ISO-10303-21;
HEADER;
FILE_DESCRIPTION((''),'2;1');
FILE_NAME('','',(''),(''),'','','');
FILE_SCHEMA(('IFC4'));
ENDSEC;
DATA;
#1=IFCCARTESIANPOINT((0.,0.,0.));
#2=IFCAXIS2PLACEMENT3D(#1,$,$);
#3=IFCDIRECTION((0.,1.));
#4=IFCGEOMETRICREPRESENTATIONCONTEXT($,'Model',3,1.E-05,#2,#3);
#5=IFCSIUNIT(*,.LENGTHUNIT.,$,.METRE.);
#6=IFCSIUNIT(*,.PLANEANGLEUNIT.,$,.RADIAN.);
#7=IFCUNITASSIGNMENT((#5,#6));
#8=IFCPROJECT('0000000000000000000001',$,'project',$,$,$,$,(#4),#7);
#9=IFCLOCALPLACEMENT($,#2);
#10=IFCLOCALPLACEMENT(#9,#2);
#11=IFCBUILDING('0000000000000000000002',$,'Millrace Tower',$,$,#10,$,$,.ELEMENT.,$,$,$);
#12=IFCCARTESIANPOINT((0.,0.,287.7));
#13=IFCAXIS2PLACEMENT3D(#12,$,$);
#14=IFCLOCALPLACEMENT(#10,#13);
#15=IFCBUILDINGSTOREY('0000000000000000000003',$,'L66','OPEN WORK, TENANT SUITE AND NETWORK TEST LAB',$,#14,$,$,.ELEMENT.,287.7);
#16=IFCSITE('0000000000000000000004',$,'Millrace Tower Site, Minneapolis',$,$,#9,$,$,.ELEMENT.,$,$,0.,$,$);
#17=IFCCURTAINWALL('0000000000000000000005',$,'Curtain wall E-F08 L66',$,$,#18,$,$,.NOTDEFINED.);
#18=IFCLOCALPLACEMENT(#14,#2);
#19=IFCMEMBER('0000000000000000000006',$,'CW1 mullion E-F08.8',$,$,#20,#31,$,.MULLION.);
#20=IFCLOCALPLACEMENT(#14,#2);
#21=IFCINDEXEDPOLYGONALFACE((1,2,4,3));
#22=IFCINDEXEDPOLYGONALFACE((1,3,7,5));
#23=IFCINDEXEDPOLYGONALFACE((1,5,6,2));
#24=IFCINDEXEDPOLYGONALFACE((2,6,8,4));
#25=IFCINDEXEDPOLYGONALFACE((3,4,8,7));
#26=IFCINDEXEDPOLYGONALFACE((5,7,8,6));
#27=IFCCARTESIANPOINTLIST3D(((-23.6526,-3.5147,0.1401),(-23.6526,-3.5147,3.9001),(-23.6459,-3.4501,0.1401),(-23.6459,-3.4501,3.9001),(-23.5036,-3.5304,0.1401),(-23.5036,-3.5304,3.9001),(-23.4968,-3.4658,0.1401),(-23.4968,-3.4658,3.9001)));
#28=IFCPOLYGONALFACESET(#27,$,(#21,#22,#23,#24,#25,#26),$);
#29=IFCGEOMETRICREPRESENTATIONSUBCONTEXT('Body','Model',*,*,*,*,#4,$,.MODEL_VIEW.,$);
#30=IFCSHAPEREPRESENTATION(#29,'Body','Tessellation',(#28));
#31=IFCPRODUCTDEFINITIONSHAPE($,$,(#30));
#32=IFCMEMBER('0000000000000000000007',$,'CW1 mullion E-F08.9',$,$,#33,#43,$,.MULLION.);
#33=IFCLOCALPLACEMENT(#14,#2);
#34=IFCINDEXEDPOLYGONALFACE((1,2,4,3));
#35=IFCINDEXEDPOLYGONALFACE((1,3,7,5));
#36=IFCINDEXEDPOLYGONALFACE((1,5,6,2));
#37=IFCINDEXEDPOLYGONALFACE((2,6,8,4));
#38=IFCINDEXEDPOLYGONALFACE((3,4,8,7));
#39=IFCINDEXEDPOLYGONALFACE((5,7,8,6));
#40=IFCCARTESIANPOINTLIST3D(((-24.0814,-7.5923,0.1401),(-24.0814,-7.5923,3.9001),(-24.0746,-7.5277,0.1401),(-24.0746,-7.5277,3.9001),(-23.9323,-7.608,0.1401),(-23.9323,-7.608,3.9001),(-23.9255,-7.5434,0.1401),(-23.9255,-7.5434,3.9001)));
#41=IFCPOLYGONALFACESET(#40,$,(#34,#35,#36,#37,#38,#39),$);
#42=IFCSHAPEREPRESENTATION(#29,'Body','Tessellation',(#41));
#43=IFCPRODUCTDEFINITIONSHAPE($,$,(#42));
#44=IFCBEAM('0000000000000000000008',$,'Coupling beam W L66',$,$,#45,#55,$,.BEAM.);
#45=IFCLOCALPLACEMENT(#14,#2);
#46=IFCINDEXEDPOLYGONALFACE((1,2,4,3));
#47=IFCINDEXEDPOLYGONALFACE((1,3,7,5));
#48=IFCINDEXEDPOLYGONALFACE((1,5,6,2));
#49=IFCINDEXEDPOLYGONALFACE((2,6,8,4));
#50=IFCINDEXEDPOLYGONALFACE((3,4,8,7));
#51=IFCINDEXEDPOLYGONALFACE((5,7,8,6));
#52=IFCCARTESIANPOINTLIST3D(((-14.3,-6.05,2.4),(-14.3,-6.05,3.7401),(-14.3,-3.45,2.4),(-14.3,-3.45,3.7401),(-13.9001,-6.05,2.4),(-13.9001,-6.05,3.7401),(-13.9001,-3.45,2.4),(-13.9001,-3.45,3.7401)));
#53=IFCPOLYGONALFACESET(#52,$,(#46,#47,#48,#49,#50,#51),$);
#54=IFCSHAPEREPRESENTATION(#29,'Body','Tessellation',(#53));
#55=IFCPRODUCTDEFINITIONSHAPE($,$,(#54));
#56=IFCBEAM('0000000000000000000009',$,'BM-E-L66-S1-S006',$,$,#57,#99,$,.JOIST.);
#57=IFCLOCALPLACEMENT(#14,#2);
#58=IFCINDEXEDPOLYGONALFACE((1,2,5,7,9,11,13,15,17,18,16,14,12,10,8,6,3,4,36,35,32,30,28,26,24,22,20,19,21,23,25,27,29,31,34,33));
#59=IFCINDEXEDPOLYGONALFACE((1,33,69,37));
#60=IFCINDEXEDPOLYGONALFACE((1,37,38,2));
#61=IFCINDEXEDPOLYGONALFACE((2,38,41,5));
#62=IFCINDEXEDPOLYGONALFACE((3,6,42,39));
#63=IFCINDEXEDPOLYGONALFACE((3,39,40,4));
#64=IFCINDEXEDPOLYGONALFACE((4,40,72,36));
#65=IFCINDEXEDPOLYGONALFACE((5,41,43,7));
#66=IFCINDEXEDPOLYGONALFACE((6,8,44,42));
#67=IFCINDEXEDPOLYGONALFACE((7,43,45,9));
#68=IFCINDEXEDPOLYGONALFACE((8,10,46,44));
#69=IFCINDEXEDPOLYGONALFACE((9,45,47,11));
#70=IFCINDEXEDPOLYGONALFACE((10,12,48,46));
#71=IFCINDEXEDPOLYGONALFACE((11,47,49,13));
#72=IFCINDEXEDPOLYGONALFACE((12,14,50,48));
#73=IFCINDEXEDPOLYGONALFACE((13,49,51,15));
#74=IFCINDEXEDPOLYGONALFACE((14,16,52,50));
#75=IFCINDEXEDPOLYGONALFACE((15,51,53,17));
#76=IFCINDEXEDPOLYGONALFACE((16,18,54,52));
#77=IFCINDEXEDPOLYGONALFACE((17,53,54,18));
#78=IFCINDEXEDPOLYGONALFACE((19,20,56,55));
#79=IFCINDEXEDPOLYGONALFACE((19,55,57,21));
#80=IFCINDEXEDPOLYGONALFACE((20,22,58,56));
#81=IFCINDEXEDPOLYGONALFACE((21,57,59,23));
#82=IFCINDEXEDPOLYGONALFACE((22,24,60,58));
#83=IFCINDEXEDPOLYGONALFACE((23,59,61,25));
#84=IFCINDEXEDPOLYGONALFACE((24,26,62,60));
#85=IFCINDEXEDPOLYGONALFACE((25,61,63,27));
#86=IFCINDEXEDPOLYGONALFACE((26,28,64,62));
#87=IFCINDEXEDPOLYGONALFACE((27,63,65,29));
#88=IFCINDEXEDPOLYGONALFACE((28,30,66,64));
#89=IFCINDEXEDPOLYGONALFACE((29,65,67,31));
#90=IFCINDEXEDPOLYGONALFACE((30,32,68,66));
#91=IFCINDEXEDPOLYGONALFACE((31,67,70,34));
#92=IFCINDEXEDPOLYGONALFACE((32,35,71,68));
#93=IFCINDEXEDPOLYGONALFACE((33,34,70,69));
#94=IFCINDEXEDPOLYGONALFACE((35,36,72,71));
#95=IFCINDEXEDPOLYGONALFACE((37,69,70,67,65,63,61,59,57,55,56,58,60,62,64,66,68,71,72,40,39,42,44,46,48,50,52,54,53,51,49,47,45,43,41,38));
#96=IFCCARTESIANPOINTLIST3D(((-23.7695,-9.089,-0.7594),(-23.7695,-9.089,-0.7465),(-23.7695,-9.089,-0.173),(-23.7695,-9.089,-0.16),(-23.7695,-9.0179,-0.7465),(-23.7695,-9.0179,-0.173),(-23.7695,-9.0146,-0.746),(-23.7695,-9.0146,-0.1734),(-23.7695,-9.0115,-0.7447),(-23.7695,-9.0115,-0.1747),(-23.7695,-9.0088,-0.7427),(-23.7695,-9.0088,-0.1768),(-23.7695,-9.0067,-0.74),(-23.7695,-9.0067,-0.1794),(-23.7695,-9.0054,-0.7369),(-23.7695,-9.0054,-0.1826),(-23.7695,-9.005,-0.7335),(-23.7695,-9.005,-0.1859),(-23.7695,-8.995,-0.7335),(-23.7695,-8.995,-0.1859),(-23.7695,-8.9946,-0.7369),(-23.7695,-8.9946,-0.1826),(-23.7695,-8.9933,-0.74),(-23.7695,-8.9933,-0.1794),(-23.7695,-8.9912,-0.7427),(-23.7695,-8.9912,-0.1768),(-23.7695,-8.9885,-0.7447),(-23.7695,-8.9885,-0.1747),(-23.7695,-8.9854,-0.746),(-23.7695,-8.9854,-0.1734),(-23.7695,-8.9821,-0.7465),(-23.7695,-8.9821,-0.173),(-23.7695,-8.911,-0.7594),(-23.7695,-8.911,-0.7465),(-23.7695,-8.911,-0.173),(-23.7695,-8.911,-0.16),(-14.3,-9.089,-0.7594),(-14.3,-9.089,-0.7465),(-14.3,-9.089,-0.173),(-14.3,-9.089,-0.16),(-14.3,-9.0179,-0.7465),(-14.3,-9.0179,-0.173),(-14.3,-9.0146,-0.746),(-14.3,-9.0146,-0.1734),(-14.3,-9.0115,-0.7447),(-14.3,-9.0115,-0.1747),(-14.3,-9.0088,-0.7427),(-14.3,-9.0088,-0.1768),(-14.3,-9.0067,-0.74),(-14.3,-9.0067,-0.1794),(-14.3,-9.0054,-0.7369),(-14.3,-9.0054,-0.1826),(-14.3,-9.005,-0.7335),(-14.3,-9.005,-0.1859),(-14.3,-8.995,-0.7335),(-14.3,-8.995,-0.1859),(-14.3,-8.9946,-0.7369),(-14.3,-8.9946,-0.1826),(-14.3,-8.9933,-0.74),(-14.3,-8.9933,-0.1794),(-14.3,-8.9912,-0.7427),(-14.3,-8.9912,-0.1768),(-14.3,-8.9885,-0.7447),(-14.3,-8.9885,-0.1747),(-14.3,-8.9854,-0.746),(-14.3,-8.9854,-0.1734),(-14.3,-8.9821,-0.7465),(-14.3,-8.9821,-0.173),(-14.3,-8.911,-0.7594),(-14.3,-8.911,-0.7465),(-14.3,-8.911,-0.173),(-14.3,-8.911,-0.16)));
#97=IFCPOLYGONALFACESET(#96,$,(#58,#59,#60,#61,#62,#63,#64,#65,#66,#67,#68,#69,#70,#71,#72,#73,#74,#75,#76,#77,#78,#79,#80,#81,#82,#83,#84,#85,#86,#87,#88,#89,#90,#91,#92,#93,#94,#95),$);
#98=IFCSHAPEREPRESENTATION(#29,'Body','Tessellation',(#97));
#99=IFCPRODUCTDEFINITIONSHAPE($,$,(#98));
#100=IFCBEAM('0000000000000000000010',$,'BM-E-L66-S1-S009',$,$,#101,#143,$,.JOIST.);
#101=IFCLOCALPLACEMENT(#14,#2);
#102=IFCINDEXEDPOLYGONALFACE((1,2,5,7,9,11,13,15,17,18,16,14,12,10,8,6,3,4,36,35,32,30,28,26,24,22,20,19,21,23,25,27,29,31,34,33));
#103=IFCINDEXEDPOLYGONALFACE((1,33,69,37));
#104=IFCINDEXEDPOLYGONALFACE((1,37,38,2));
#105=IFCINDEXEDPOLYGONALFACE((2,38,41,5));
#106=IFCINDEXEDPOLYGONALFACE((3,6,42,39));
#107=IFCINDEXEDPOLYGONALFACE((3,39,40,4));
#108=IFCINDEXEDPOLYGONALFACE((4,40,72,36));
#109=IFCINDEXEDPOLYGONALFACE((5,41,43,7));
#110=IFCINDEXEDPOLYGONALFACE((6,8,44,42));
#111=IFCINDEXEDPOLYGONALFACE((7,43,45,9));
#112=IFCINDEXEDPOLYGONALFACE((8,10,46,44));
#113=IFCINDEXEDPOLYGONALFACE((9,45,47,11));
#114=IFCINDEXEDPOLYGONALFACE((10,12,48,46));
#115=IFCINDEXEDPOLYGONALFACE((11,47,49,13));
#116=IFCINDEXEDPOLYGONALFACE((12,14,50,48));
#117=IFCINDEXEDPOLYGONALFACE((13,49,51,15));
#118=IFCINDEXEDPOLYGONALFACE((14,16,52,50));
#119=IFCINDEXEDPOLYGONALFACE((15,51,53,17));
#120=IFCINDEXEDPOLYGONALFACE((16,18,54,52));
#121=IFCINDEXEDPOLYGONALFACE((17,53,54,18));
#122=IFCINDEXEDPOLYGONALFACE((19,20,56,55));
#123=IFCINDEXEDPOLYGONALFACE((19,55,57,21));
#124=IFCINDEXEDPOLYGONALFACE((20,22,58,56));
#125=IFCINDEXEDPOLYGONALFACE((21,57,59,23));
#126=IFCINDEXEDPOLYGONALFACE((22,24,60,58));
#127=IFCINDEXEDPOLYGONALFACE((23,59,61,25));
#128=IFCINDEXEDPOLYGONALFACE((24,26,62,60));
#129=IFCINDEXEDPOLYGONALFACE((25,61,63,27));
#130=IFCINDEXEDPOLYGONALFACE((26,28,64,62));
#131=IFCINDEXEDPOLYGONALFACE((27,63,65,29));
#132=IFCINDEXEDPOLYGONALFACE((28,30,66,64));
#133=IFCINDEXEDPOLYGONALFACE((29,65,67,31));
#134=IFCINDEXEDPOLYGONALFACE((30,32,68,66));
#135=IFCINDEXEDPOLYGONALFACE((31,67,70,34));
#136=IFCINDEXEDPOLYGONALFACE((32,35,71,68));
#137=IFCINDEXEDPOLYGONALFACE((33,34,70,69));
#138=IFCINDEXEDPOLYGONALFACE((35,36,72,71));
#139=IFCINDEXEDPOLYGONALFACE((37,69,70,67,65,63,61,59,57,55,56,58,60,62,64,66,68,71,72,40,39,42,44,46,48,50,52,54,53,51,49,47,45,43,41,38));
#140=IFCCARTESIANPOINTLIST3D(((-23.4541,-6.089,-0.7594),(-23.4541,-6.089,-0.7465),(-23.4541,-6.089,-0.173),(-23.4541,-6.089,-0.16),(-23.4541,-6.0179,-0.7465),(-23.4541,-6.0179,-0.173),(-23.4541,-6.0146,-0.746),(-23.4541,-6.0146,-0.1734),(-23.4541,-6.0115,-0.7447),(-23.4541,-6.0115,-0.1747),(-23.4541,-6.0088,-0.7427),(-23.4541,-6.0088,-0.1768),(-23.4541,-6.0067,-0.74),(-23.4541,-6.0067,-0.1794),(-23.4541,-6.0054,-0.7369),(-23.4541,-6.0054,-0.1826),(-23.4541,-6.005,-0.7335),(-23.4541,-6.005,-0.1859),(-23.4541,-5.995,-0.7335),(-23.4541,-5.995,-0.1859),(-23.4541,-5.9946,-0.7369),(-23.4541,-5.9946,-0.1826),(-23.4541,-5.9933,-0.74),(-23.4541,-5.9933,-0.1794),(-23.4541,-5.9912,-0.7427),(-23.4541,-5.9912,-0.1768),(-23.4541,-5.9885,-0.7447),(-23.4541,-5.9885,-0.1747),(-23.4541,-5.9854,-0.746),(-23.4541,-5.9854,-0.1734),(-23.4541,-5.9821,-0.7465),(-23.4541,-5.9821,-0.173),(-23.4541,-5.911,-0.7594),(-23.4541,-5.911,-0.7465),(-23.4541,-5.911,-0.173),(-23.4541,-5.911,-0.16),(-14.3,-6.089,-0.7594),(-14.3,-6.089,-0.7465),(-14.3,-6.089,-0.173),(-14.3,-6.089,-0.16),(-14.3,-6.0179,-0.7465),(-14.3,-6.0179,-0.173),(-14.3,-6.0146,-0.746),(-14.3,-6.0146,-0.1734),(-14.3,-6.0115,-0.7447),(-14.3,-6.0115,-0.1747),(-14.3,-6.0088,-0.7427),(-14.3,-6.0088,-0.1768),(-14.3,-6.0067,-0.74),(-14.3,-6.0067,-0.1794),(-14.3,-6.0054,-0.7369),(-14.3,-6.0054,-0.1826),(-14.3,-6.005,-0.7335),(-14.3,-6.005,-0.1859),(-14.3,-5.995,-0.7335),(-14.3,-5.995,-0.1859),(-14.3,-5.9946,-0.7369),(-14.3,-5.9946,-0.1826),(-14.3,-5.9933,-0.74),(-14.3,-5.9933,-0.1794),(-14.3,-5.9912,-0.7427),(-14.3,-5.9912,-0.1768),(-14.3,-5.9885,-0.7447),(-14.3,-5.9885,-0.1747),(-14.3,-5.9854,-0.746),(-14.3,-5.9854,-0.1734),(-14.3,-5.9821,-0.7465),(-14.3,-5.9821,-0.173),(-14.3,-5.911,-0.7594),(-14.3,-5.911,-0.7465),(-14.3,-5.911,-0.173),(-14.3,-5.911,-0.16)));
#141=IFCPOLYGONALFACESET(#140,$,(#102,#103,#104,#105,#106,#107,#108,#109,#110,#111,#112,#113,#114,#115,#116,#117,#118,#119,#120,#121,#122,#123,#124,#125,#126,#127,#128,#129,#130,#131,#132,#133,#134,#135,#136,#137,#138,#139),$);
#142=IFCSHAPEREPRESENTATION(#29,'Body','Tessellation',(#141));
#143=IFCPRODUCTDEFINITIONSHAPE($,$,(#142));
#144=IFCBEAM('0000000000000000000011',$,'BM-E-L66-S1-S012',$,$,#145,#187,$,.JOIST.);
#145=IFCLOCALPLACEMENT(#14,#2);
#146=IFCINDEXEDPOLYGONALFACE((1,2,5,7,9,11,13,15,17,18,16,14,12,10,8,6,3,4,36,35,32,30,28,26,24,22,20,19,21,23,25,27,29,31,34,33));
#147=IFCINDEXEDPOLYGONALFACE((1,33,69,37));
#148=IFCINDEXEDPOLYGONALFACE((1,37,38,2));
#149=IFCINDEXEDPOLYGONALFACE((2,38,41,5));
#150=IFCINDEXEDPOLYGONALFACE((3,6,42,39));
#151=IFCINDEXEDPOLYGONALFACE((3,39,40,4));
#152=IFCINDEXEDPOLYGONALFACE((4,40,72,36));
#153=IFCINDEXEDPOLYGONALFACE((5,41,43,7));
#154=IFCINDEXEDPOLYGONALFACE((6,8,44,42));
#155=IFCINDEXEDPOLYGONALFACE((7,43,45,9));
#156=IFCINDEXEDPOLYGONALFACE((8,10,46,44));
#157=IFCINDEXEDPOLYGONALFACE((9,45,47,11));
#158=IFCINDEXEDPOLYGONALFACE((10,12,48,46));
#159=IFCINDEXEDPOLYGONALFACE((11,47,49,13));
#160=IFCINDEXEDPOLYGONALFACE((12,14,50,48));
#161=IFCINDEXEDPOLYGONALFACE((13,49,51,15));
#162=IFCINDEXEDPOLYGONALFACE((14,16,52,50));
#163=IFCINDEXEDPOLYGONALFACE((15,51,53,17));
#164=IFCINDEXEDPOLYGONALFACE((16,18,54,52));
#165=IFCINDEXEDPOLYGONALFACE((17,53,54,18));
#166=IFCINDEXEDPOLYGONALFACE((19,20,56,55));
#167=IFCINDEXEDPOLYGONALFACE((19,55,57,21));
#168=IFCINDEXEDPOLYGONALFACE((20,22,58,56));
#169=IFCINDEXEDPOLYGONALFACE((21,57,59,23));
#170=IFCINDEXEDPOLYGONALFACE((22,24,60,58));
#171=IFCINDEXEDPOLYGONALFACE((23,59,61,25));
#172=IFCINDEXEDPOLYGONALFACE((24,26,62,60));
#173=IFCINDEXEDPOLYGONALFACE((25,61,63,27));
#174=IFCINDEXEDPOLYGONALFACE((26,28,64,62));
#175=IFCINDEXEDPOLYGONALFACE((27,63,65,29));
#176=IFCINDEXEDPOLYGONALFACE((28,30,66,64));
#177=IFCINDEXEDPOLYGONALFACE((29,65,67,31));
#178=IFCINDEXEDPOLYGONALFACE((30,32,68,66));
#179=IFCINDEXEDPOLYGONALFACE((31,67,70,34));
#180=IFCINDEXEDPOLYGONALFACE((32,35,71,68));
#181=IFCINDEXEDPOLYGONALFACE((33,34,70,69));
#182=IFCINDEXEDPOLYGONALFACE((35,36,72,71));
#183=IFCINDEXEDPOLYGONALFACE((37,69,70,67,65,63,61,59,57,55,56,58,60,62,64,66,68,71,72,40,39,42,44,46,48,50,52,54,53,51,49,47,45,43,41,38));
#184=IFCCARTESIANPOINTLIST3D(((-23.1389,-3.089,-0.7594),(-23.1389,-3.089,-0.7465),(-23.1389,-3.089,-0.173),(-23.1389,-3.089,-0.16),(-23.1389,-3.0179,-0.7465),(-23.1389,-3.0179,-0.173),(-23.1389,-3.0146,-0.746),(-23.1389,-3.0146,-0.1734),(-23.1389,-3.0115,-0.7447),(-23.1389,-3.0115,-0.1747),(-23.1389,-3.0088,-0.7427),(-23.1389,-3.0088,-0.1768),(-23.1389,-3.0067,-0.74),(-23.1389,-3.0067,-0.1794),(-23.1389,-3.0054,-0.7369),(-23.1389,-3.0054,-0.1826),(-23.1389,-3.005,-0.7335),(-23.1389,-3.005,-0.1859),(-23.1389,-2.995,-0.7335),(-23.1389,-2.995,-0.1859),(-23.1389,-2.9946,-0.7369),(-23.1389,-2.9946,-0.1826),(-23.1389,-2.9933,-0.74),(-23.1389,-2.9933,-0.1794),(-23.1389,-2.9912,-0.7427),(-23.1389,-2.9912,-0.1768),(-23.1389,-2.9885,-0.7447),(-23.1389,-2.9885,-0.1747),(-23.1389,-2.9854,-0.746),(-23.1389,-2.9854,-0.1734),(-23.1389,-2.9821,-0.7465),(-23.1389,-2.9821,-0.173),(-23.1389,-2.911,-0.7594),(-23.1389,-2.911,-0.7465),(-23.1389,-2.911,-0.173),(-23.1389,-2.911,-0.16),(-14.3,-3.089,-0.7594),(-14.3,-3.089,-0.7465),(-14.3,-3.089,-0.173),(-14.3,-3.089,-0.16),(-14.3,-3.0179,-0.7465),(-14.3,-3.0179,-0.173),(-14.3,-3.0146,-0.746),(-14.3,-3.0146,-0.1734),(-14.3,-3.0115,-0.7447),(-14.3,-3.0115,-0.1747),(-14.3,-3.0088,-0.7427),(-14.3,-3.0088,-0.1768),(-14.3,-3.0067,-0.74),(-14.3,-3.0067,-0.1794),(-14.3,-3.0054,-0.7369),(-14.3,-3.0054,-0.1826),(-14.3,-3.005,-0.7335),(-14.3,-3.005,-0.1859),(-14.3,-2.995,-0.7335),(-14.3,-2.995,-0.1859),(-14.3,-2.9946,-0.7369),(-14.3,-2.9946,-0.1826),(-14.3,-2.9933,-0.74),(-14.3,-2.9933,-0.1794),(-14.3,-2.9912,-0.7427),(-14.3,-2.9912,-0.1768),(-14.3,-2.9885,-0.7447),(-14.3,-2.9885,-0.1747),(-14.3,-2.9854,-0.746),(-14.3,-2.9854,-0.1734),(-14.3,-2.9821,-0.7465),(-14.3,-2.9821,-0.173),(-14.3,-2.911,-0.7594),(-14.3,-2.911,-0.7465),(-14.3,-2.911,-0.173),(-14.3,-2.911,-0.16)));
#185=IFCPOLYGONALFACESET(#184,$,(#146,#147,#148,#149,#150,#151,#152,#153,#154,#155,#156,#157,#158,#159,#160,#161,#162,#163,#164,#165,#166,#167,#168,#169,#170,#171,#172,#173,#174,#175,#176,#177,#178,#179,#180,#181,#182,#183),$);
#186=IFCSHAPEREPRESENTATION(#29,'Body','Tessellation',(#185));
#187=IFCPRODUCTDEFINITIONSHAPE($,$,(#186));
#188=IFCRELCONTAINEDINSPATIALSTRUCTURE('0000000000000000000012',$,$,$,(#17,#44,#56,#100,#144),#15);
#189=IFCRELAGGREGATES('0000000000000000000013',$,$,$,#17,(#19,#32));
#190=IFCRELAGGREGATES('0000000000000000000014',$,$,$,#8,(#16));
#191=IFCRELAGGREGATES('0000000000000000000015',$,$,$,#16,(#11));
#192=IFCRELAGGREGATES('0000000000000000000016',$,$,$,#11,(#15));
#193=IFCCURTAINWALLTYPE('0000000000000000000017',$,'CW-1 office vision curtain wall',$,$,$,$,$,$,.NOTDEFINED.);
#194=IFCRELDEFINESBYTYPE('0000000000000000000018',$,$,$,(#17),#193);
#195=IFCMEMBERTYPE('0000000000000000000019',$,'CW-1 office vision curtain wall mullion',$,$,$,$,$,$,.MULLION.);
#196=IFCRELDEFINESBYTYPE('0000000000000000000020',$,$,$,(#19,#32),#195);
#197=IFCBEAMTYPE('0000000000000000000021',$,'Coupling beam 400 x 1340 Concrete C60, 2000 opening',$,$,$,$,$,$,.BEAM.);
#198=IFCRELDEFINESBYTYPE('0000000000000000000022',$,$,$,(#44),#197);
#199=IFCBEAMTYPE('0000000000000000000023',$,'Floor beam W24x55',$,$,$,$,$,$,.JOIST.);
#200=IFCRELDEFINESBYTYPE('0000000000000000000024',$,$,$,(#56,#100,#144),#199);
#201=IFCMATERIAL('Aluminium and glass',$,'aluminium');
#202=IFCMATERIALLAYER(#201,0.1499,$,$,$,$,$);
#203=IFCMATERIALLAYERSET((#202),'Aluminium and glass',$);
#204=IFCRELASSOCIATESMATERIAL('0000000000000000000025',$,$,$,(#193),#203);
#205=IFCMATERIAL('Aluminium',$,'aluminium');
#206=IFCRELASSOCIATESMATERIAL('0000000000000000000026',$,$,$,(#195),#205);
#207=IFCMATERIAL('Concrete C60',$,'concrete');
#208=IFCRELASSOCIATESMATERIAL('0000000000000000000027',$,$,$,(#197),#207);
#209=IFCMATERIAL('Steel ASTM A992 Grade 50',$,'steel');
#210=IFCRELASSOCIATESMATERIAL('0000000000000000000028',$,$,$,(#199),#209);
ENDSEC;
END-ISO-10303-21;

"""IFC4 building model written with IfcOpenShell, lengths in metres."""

from ifc_helpers import new_model, si_unit, direction, frame, origin, origin_2d, place, context, subcontext, project, spatial, rectangle, i_section, extrude, material, layer, layer_set, material_profile, profile_set, type_object, element, aggregate, save


model = new_model("IFC4")

# Units and contexts
model_context = context("Model", 3, precision=1e-05, world=origin(), true_north=direction((0.0, 1.0)))
body_context = subcontext(model_context, "Body", "Model", "MODEL_VIEW")
ifc_project = project(units=[si_unit("LENGTHUNIT", "METRE"), si_unit("PLANEANGLEUNIT", "RADIAN")], contexts=[model_context])

# Site, building, storey
site_placement = place(None, origin())
site = spatial("IfcSite", under=ifc_project, at=site_placement, Name="Millrace Tower Site, Minneapolis", CompositionType="ELEMENT", RefElevation=0.0)
building_placement = place(site_placement, origin())
building = spatial("IfcBuilding", under=site, at=building_placement, Name="Millrace Tower", CompositionType="ELEMENT")
storey_placement = place(building_placement, frame((0.0, 0.0, 287.7)))
storey = spatial("IfcBuildingStorey", under=building, at=storey_placement, Name="L66", Description="OPEN WORK, TENANT SUITE AND NETWORK TEST LAB", CompositionType="ELEMENT", Elevation=287.7)

# Curtain wall, members
ifc_material_1 = material(Name="Aluminium and glass", Category="aluminium")
ifc_layer_1 = layer(ifc_material_1, 0.1499)
ifc_layer_set_1 = layer_set([ifc_layer_1], Name="Aluminium and glass")
curtain_wall_type = type_object("IfcCurtainWallType", Name="CW-1 office vision curtain wall", PredefinedType="NOTDEFINED", material=ifc_layer_set_1)
curtain_wall_placement = place(storey_placement, origin())
curtain_wall = element("IfcCurtainWall", 1, at=curtain_wall_placement, inside=storey, type_object=curtain_wall_type, Name="Curtain wall E-F08 L66", PredefinedType="NOTDEFINED")
ifc_material_2 = material(Name="Aluminium", Category="aluminium")
ifc_material_profile_1 = material_profile(ifc_material_2, rectangle(XDim=0.0649, YDim=0.1499, at=origin_2d()))
ifc_profile_set_1 = profile_set([ifc_material_profile_1], Name="Aluminium")
member_type = type_object("IfcMemberType", Name="CW-1 office vision curtain wall mullion", PredefinedType="MULLION", material=ifc_profile_set_1)
member_1_placement = place(storey_placement, frame((-23.5747, -3.4902, 0.1401), z_axis=(0.0, 0.0, 1.0), x_axis=(-0.104528, -0.994522, 0.0)))
member_1 = element("IfcMember", 2, at=member_1_placement, type_object=member_type, Name="CW1 mullion E-F08.8", PredefinedType="MULLION", context=body_context, shape_type="SweptSolid", body=[
    extrude(rectangle(XDim=0.0649, YDim=0.1499, at=origin_2d()), origin(), (0.0, 0.0, 1.0), 3.76),
])
member_2_placement = place(storey_placement, frame((-24.0034, -7.5679, 0.1401), z_axis=(0.0, 0.0, 1.0), x_axis=(-0.104528, -0.994522, 0.0)))
member_2 = element("IfcMember", 3, at=member_2_placement, type_object=member_type, Name="CW1 mullion E-F08.9", PredefinedType="MULLION", context=body_context, shape_type="SweptSolid", body=[
    extrude(rectangle(XDim=0.0649, YDim=0.1499, at=origin_2d()), origin(), (0.0, 0.0, 1.0), 3.76),
])
aggregate(curtain_wall, [member_1, member_2])

# Beams
ifc_material_3 = material(Name="Concrete C60", Category="concrete")
ifc_material_profile_2 = material_profile(ifc_material_3, rectangle(XDim=0.3999, YDim=1.3401, at=origin_2d()))
ifc_profile_set_2 = profile_set([ifc_material_profile_2], Name="Concrete C60")
beam_type_1 = type_object("IfcBeamType", Name="Coupling beam 400 x 1340 Concrete C60, 2000 opening", PredefinedType="BEAM", material=ifc_profile_set_2)
beam_1_placement = place(storey_placement, frame((-14.1001, -6.05, 3.0701), z_axis=(0.0, 1.0, 0.0), x_axis=(-1.0, 0.0, 0.0)))
element("IfcBeam", 4, at=beam_1_placement, inside=storey, type_object=beam_type_1, Name="Coupling beam W L66", PredefinedType="BEAM", context=body_context, shape_type="SweptSolid", body=[
    extrude(rectangle(XDim=0.3999, YDim=1.3401, at=origin_2d()), origin(), (0.0, 0.0, 1.0), 2.6001),
])
ifc_material_4 = material(Name="Steel ASTM A992 Grade 50", Category="steel")
ifc_material_profile_3 = material_profile(ifc_material_4, i_section(OverallWidth=0.178, OverallDepth=0.5994, WebThickness=0.01, FlangeThickness=0.0129, FilletRadius=0.0129, at=origin_2d()))
ifc_profile_set_3 = profile_set([ifc_material_profile_3], Name="Steel ASTM A992 Grade 50")
beam_type_2 = type_object("IfcBeamType", Name="Floor beam W24x55", PredefinedType="JOIST", material=ifc_profile_set_3)
beam_2_placement = place(storey_placement, frame((-23.7695, -9.0, -0.4597), z_axis=(1.0, 0.0, 0.0), x_axis=(0.0, 1.0, 0.0)))
element("IfcBeam", 5, at=beam_2_placement, inside=storey, type_object=beam_type_2, Name="BM-E-L66-S1-S006", PredefinedType="JOIST", context=body_context, shape_type="SweptSolid", body=[
    extrude(i_section(OverallWidth=0.178, OverallDepth=0.5994, WebThickness=0.01, FlangeThickness=0.0129, FilletRadius=0.0129, at=origin_2d()), origin(), (0.0, 0.0, 1.0), 9.4695),
])
beam_3_placement = place(storey_placement, frame((-23.4541, -6.0, -0.4597), z_axis=(1.0, 0.0, 0.0), x_axis=(0.0, 1.0, 0.0)))
element("IfcBeam", 6, at=beam_3_placement, inside=storey, type_object=beam_type_2, Name="BM-E-L66-S1-S009", PredefinedType="JOIST", context=body_context, shape_type="SweptSolid", body=[
    extrude(i_section(OverallWidth=0.178, OverallDepth=0.5994, WebThickness=0.01, FlangeThickness=0.0129, FilletRadius=0.0129, at=origin_2d()), origin(), (0.0, 0.0, 1.0), 9.1541),
])
beam_4_placement = place(storey_placement, frame((-23.1389, -3.0, -0.4597), z_axis=(1.0, 0.0, 0.0), x_axis=(0.0, 1.0, 0.0)))
element("IfcBeam", 7, at=beam_4_placement, inside=storey, type_object=beam_type_2, Name="BM-E-L66-S1-S012", PredefinedType="JOIST", context=body_context, shape_type="SweptSolid", body=[
    extrude(i_section(OverallWidth=0.178, OverallDepth=0.5994, WebThickness=0.01, FlangeThickness=0.0129, FilletRadius=0.0129, at=origin_2d()), origin(), (0.0, 0.0, 1.0), 8.8389),
])

save(model, "model.ifc")
